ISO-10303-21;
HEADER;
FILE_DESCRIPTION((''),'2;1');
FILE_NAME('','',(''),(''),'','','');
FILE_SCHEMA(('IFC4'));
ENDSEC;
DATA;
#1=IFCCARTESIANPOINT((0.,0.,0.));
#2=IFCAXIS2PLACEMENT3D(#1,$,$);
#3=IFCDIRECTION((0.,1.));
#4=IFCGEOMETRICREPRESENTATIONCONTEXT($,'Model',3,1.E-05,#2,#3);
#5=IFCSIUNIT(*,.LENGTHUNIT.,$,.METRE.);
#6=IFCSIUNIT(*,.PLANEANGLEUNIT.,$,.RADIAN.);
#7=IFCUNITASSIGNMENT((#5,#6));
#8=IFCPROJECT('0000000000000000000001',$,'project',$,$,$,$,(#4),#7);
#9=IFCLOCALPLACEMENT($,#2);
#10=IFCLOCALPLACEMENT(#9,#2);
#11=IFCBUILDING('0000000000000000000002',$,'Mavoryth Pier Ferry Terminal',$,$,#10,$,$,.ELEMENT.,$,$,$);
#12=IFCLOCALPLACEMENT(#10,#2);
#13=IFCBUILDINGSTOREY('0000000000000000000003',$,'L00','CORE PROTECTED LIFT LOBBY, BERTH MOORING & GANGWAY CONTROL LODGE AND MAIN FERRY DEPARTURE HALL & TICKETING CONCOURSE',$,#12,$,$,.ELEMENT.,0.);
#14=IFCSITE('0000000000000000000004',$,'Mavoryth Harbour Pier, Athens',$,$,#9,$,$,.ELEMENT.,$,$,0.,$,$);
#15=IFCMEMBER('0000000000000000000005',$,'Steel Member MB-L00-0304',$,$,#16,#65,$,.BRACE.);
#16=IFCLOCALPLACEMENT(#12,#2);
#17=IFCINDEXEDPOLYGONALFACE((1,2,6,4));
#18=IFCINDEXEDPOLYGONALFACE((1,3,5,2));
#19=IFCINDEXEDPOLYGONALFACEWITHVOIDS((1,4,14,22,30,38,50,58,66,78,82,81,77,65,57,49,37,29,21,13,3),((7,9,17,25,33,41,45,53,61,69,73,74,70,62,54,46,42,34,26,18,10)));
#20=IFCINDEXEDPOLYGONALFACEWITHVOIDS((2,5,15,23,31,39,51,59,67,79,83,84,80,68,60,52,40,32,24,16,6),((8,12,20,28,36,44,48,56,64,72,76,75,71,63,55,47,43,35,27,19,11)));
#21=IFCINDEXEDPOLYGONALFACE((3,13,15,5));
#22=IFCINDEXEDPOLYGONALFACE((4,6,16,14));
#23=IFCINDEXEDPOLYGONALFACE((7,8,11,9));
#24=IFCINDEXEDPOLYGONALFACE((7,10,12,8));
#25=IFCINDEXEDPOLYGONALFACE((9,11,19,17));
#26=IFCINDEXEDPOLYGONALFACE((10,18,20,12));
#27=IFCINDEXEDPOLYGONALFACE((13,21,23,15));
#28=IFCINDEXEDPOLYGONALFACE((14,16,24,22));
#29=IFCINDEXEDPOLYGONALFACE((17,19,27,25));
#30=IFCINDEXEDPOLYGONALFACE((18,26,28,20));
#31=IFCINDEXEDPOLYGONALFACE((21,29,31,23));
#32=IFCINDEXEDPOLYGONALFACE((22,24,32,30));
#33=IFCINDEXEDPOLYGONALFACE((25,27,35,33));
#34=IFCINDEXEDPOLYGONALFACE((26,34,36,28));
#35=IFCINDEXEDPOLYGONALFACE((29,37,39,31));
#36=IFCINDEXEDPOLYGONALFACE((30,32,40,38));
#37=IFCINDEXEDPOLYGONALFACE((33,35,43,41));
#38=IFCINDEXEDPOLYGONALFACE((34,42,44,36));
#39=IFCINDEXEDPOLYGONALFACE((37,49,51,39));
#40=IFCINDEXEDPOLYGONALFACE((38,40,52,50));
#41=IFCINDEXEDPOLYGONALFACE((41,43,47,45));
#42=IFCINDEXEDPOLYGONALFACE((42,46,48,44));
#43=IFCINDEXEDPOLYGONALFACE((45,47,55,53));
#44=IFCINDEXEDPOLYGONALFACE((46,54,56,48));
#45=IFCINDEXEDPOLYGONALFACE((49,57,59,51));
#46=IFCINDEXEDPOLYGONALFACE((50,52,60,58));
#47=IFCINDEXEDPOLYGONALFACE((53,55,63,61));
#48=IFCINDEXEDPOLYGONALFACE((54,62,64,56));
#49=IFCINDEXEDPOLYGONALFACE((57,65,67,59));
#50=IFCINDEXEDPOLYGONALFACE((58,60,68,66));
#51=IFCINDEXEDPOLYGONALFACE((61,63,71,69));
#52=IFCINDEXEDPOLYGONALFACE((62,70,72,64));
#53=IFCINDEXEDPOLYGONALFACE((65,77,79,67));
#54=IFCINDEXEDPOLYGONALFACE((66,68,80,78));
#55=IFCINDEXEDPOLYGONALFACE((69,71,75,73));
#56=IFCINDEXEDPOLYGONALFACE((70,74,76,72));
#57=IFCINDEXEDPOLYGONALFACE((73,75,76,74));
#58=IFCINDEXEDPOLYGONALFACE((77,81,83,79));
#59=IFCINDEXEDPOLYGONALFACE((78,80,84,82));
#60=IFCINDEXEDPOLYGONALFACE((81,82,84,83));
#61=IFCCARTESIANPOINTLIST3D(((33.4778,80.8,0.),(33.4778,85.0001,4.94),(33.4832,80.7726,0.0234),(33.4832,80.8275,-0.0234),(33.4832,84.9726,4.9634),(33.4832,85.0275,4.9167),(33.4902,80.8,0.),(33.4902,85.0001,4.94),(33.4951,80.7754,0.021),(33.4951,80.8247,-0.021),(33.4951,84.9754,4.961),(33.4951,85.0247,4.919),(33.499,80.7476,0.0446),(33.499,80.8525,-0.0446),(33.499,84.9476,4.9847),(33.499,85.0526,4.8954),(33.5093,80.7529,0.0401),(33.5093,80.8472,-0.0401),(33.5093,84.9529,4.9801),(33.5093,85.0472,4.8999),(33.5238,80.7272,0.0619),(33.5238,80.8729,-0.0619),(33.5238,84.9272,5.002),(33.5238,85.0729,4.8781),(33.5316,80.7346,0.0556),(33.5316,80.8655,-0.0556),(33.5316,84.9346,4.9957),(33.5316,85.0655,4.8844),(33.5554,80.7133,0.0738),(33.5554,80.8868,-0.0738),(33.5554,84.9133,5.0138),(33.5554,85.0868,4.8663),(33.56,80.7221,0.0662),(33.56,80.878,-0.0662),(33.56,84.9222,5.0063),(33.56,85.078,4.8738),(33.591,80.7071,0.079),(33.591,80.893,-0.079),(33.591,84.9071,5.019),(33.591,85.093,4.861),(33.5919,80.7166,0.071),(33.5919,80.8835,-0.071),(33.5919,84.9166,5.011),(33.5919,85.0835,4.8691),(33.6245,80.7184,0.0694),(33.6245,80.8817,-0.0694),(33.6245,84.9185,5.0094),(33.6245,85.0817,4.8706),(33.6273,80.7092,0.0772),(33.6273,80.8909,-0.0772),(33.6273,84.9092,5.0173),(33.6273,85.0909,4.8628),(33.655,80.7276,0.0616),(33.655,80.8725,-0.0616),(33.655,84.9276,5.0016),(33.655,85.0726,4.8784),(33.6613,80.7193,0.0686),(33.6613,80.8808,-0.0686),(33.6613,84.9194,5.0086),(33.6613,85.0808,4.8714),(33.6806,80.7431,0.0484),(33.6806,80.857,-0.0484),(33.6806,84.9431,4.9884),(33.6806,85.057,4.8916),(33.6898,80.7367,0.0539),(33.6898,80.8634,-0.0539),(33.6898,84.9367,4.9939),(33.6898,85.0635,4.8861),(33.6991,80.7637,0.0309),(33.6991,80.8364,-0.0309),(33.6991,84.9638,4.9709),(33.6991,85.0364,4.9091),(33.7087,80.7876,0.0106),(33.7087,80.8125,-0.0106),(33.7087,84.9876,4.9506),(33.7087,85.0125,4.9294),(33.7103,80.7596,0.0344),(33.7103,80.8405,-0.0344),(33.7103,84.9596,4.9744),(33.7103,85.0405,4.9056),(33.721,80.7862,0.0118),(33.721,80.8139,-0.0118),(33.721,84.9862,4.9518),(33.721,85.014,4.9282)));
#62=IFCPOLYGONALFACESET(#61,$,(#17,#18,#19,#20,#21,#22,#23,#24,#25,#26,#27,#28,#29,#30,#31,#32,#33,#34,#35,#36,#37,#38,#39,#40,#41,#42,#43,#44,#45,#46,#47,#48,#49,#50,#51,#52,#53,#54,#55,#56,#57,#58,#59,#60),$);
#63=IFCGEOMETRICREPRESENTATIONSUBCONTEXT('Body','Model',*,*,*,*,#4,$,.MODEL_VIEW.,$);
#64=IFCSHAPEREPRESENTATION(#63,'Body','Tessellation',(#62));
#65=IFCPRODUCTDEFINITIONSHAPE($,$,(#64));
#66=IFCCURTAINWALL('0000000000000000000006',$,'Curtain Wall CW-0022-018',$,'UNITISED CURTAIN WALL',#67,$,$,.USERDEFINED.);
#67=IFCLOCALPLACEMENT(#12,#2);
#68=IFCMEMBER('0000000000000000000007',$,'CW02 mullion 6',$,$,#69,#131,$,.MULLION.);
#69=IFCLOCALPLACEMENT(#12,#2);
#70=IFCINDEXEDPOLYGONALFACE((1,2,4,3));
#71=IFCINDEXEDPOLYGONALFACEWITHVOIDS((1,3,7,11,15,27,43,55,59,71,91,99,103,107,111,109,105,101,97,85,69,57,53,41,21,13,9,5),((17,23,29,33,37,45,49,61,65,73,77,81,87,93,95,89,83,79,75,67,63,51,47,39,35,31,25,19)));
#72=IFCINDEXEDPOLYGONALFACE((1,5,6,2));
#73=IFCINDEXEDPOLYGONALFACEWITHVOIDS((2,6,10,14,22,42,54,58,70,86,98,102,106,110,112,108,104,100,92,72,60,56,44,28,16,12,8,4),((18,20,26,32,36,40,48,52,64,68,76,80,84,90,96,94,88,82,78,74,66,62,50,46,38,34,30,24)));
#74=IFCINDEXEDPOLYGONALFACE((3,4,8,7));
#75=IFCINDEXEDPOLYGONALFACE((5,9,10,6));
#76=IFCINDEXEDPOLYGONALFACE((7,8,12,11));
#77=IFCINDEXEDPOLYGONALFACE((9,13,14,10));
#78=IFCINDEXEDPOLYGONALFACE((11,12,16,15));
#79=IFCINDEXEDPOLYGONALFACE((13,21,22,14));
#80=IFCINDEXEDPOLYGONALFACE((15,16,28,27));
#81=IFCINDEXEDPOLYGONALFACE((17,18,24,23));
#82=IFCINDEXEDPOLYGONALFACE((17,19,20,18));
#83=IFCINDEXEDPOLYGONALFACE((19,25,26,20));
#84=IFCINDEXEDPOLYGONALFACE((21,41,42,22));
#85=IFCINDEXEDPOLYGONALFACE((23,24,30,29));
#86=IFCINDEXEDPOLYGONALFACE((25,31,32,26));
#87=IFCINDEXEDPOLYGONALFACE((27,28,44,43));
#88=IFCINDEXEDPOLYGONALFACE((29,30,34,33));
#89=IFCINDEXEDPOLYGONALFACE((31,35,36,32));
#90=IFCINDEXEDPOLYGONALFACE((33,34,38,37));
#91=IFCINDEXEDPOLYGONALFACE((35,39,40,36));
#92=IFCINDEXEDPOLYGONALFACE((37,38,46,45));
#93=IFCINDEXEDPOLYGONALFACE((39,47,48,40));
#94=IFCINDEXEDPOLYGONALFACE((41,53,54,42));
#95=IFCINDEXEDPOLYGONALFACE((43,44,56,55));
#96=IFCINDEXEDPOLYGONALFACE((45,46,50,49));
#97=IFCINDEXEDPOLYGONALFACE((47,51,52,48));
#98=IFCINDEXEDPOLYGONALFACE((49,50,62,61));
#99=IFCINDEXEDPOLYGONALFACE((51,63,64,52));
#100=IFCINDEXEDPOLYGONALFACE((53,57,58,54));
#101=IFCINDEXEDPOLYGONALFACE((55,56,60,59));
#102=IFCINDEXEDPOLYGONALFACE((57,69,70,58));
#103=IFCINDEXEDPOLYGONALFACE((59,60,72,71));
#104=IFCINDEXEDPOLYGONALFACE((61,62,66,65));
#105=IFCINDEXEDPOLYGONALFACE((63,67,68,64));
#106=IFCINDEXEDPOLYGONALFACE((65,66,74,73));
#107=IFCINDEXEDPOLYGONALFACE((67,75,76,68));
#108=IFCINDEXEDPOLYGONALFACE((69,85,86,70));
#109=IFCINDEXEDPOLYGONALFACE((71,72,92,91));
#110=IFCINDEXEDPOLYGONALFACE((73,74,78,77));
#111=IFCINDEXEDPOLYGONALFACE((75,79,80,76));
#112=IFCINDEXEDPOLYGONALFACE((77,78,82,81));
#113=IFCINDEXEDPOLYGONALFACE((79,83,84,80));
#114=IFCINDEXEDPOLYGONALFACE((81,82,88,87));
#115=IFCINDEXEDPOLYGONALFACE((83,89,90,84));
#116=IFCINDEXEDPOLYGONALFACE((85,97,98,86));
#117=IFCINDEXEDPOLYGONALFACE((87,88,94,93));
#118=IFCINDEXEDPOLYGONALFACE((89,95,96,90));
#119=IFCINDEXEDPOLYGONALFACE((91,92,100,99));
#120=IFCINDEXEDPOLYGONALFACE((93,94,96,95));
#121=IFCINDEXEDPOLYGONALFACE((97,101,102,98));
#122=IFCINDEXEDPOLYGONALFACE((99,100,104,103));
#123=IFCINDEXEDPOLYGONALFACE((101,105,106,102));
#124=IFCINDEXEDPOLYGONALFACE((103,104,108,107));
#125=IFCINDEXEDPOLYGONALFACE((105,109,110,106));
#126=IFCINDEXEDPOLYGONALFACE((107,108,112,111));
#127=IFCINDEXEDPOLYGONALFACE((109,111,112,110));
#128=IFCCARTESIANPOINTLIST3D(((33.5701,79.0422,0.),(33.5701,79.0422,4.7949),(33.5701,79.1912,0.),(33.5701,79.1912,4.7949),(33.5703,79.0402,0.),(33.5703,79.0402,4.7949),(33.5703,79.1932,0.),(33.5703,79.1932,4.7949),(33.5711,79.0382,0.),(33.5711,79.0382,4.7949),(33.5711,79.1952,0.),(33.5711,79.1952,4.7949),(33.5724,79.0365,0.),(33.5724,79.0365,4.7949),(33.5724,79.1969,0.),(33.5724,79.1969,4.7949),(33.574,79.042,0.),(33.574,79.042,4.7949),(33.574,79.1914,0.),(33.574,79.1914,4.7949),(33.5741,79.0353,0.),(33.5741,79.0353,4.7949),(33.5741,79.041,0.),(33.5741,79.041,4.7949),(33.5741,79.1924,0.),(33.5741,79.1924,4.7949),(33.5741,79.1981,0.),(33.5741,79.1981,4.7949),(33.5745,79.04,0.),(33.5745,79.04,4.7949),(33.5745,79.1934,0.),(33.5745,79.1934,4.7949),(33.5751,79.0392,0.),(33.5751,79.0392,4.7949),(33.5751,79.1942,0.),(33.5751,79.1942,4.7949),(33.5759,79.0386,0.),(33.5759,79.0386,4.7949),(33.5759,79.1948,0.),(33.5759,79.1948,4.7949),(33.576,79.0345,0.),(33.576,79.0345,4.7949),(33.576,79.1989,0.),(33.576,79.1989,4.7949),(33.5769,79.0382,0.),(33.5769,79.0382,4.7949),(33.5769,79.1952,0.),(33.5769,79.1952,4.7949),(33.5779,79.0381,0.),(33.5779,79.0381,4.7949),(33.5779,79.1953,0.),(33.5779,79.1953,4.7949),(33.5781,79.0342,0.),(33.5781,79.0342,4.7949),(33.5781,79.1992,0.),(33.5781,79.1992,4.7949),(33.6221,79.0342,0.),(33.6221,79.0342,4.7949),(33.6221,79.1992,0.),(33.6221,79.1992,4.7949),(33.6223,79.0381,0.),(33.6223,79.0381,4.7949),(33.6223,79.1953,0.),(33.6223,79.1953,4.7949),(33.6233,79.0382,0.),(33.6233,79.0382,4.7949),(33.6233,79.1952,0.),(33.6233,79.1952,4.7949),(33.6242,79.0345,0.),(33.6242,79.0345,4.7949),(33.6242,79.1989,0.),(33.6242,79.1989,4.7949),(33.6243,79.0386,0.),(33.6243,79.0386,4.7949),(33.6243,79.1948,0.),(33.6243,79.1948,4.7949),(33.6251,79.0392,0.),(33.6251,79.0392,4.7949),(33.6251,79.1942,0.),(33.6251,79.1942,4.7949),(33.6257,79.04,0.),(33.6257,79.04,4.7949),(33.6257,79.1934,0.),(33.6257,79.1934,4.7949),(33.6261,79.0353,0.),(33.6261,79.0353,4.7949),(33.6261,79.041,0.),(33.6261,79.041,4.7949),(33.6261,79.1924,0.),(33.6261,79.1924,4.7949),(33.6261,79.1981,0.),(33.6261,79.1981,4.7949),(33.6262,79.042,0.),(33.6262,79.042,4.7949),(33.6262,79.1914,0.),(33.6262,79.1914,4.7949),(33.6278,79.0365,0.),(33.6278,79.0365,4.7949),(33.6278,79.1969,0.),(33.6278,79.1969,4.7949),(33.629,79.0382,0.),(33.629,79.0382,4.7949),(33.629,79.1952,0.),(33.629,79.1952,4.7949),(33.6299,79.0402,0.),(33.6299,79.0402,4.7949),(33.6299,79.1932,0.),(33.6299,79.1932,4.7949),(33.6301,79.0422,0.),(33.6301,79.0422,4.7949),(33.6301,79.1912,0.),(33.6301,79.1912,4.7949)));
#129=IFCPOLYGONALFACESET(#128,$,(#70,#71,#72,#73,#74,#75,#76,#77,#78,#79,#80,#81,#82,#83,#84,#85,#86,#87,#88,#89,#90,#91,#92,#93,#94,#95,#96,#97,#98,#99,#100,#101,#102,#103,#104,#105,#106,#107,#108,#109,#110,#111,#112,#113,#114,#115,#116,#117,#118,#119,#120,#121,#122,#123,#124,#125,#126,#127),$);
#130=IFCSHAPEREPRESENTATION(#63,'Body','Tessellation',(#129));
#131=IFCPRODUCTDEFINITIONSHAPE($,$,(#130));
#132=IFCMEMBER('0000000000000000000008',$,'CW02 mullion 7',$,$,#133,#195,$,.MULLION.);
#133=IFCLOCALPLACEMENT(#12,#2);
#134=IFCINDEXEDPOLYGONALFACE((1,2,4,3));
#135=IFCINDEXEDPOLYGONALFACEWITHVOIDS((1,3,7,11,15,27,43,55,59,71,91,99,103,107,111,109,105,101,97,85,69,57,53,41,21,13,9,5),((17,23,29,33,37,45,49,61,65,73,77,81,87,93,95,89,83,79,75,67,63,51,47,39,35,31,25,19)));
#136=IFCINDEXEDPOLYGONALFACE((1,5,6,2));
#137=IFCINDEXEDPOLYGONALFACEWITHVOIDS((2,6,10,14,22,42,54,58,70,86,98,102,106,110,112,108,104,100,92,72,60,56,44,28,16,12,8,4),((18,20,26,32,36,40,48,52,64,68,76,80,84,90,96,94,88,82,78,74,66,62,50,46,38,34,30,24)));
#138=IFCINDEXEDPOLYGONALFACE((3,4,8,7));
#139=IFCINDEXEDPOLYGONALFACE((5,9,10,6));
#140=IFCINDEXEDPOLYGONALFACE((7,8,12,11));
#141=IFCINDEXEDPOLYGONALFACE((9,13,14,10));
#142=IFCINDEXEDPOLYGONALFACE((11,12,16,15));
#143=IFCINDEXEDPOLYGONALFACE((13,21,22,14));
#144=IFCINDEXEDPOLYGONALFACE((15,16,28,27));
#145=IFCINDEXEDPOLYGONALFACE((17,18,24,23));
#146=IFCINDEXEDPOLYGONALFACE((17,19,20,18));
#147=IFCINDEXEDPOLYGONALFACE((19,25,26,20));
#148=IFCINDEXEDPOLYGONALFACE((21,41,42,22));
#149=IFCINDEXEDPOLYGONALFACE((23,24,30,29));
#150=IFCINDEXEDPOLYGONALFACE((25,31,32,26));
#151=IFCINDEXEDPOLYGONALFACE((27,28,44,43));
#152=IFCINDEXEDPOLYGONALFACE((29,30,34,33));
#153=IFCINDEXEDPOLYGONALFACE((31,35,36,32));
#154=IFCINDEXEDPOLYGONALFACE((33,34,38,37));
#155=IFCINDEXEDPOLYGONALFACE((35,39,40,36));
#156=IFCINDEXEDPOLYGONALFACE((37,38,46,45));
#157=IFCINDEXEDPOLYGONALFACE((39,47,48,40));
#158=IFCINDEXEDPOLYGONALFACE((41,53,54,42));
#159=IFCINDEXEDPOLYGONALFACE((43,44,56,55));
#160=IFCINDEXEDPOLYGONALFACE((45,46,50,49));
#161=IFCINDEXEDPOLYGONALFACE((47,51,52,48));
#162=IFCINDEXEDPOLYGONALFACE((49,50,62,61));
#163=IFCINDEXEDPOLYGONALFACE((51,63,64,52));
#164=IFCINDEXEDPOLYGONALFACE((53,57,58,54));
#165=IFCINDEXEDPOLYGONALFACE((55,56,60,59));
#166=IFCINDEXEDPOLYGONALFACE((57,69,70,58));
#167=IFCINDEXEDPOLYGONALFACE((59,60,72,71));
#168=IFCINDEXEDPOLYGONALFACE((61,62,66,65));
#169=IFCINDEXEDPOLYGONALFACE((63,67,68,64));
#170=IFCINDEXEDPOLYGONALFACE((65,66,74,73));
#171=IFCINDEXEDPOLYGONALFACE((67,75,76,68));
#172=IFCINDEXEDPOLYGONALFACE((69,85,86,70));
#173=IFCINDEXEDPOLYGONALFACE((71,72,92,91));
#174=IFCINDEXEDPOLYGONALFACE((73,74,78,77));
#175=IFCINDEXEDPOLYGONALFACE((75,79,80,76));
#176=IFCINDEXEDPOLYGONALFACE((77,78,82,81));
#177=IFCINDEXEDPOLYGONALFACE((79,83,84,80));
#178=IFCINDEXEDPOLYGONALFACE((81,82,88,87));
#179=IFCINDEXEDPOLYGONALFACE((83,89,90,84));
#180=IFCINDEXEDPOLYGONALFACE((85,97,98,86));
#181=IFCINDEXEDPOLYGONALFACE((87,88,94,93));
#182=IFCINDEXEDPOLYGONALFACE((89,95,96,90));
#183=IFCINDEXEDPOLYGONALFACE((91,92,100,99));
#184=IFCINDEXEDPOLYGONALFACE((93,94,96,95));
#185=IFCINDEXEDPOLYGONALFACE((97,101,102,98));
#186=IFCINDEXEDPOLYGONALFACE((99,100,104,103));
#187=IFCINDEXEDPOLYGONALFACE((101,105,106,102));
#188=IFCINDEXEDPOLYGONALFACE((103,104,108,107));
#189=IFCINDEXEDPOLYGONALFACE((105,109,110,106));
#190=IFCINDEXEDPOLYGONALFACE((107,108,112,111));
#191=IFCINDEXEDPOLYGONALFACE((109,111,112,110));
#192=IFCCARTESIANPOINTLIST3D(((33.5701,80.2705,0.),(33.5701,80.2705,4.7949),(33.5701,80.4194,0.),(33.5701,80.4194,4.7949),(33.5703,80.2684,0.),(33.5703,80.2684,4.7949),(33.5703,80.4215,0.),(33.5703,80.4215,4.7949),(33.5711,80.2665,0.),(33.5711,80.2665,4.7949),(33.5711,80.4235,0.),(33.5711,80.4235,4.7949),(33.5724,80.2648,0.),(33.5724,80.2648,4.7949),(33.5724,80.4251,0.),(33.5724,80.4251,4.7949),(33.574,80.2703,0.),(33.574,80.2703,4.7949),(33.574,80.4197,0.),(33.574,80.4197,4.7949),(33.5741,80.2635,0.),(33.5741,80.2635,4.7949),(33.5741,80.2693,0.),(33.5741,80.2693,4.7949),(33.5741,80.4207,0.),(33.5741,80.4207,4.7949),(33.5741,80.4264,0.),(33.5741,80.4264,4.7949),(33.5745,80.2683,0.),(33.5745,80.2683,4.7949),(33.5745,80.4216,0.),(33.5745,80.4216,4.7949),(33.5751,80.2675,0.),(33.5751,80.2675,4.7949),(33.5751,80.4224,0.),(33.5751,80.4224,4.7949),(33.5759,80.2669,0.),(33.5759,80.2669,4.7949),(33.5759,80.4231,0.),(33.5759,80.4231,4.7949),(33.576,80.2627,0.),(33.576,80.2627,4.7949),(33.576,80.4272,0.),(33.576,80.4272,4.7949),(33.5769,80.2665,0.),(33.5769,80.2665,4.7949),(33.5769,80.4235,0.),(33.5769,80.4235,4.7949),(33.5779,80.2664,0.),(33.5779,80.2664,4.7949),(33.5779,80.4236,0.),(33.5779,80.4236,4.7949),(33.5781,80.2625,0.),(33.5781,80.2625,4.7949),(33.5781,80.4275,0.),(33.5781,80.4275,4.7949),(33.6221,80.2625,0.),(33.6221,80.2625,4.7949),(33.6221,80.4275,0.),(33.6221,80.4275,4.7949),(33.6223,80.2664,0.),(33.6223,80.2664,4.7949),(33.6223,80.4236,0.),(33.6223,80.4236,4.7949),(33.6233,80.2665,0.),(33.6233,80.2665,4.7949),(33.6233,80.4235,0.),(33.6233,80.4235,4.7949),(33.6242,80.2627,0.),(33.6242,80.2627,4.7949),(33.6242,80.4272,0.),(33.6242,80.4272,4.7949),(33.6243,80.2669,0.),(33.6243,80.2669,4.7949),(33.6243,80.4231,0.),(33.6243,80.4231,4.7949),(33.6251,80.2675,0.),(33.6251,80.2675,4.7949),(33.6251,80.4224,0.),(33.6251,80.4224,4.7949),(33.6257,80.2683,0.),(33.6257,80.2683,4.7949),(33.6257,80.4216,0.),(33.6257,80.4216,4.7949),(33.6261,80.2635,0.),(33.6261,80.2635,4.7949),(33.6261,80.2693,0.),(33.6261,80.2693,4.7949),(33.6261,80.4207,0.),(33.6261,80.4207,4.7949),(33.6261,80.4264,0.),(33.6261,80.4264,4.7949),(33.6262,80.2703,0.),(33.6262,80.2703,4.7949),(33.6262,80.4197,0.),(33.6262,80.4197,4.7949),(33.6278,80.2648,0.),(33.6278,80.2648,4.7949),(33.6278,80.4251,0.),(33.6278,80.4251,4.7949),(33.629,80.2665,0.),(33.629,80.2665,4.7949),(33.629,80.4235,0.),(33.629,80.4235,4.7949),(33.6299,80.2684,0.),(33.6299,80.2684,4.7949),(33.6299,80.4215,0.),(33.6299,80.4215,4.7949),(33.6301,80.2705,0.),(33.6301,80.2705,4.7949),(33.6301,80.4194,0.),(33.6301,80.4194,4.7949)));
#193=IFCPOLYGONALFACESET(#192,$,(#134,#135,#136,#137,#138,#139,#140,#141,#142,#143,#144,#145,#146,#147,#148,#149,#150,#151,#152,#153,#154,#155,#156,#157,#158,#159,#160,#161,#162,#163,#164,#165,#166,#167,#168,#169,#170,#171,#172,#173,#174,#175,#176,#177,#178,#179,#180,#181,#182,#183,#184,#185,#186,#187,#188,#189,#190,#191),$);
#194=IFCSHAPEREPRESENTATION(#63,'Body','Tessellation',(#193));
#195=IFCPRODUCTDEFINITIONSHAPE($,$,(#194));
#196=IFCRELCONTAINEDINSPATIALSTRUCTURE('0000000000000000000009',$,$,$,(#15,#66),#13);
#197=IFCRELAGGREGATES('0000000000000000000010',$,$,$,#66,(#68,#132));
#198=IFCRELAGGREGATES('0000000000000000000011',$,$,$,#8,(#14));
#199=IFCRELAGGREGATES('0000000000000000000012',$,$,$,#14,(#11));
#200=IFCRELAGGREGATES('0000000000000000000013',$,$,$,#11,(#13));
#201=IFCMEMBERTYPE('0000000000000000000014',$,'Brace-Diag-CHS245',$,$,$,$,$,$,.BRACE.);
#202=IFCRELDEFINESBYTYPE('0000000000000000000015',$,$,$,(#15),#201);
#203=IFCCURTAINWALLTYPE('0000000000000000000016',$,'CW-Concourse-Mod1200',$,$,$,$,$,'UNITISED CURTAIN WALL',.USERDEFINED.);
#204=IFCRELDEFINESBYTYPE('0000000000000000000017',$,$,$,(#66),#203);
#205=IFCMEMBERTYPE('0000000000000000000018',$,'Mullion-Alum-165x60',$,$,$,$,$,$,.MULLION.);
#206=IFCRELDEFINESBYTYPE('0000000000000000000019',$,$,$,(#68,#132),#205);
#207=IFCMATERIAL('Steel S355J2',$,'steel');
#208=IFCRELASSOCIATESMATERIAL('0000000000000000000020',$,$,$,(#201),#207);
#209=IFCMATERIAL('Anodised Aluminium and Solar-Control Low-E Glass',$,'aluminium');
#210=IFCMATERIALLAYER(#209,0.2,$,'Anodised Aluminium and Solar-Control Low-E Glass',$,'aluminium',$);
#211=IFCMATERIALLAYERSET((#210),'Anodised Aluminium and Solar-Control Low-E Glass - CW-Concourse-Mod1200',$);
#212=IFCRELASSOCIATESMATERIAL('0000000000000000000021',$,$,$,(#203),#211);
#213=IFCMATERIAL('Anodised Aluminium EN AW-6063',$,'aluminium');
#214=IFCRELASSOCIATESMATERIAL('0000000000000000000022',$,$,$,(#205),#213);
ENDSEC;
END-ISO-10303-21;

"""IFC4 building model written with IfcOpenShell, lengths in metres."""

from ifc_helpers import new_model, si_unit, direction, frame, origin, origin_2d, place, context, subcontext, project, spatial, hollow_rectangle, hollow_circle, extrude, material, layer, layer_set, material_profile, profile_set, type_object, element, aggregate, save


model = new_model("IFC4")

# Units and contexts
model_context = context("Model", 3, precision=1e-05, world=origin(), true_north=direction((0.0, 1.0)))
body_context = subcontext(model_context, "Body", "Model", "MODEL_VIEW")
ifc_project = project(units=[si_unit("LENGTHUNIT", "METRE"), si_unit("PLANEANGLEUNIT", "RADIAN")], contexts=[model_context])

# Site, building, storey
site_placement = place(None, origin())
site = spatial("IfcSite", under=ifc_project, at=site_placement, Name="Mavoryth Harbour Pier, Athens", CompositionType="ELEMENT", RefElevation=0.0)
building_placement = place(site_placement, origin())
building = spatial("IfcBuilding", under=site, at=building_placement, Name="Mavoryth Pier Ferry Terminal", CompositionType="ELEMENT")
storey_placement = place(building_placement, origin())
storey = spatial("IfcBuildingStorey", under=building, at=storey_placement, Name="L00", Description="CORE PROTECTED LIFT LOBBY, BERTH MOORING & GANGWAY CONTROL LODGE AND MAIN FERRY DEPARTURE HALL & TICKETING CONCOURSE", CompositionType="ELEMENT", Elevation=0.0)

# Member
ifc_material_1 = material(Name="Steel S355J2", Category="steel")
ifc_material_profile_1 = material_profile(ifc_material_1, hollow_circle(Radius=0.1223, WallThickness=0.0125, at=origin_2d()), Name="CHS 244.5x12.5", Category="steel")
ifc_profile_set_1 = profile_set([ifc_material_profile_1], Name="Steel S355J2 - CHS 244.5x12.5")
member_type_1 = type_object("IfcMemberType", Name="Brace-Diag-CHS245", PredefinedType="BRACE", material=ifc_profile_set_1)
member_1_placement = place(storey_placement, frame((33.6001, 80.8, 0.0), z_axis=(0.0, 0.647738, 0.761863), x_axis=(-1.0, 0.0, 0.0)))
element("IfcMember", 1, at=member_1_placement, inside=storey, type_object=member_type_1, Name="Steel Member MB-L00-0304", PredefinedType="BRACE", context=body_context, shape_type="SweptSolid", body=[
    extrude(hollow_circle(Radius=0.1223, WallThickness=0.0125, at=origin_2d()), origin(), (0.0, 0.0, 1.0), 6.4841),
])

# Curtain wall, members
ifc_material_2 = material(Name="Anodised Aluminium and Solar-Control Low-E Glass", Category="aluminium")
ifc_layer_1 = layer(ifc_material_2, 0.2, Name="Anodised Aluminium and Solar-Control Low-E Glass", Category="aluminium")
ifc_layer_set_1 = layer_set([ifc_layer_1], Name="Anodised Aluminium and Solar-Control Low-E Glass - CW-Concourse-Mod1200")
curtain_wall_type = type_object("IfcCurtainWallType", Name="CW-Concourse-Mod1200", ElementType="UNITISED CURTAIN WALL", PredefinedType="USERDEFINED", material=ifc_layer_set_1)
curtain_wall_placement = place(storey_placement, origin())
curtain_wall = element("IfcCurtainWall", 2, at=curtain_wall_placement, inside=storey, type_object=curtain_wall_type, Name="Curtain Wall CW-0022-018", ObjectType="UNITISED CURTAIN WALL", PredefinedType="USERDEFINED")
ifc_material_3 = material(Name="Anodised Aluminium EN AW-6063", Category="aluminium")
ifc_material_profile_2 = material_profile(ifc_material_3, hollow_rectangle(XDim=0.0601, YDim=0.165, WallThickness=0.0039, InnerFilletRadius=0.0039, OuterFilletRadius=0.0081, at=origin_2d()), Name="AL-MULL 165x60x4", Category="aluminium")
ifc_profile_set_2 = profile_set([ifc_material_profile_2], Name="Anodised Aluminium EN AW-6063 - AL-MULL 165x60x4")
member_type_2 = type_object("IfcMemberType", Name="Mullion-Alum-165x60", PredefinedType="MULLION", material=ifc_profile_set_2)
member_2_placement = place(storey_placement, frame((33.6001, 79.1167, 0.0), z_axis=(0.0, 0.0, 1.0), x_axis=(-1.0, 0.0, 0.0)))
member_2 = element("IfcMember", 3, at=member_2_placement, type_object=member_type_2, Name="CW02 mullion 6", PredefinedType="MULLION", context=body_context, shape_type="SweptSolid", body=[
    extrude(hollow_rectangle(XDim=0.0601, YDim=0.165, WallThickness=0.0039, InnerFilletRadius=0.0039, OuterFilletRadius=0.0081, at=origin_2d()), origin(), (0.0, 0.0, 1.0), 4.7949),
])
member_3_placement = place(storey_placement, frame((33.6001, 80.345, 0.0), z_axis=(0.0, 0.0, 1.0), x_axis=(-1.0, 0.0, 0.0)))
member_3 = element("IfcMember", 4, at=member_3_placement, type_object=member_type_2, Name="CW02 mullion 7", PredefinedType="MULLION", context=body_context, shape_type="SweptSolid", body=[
    extrude(hollow_rectangle(XDim=0.0601, YDim=0.165, WallThickness=0.0039, InnerFilletRadius=0.0039, OuterFilletRadius=0.0081, at=origin_2d()), origin(), (0.0, 0.0, 1.0), 4.7949),
])
aggregate(curtain_wall, [member_2, member_3])

save(model, "model.ifc")
